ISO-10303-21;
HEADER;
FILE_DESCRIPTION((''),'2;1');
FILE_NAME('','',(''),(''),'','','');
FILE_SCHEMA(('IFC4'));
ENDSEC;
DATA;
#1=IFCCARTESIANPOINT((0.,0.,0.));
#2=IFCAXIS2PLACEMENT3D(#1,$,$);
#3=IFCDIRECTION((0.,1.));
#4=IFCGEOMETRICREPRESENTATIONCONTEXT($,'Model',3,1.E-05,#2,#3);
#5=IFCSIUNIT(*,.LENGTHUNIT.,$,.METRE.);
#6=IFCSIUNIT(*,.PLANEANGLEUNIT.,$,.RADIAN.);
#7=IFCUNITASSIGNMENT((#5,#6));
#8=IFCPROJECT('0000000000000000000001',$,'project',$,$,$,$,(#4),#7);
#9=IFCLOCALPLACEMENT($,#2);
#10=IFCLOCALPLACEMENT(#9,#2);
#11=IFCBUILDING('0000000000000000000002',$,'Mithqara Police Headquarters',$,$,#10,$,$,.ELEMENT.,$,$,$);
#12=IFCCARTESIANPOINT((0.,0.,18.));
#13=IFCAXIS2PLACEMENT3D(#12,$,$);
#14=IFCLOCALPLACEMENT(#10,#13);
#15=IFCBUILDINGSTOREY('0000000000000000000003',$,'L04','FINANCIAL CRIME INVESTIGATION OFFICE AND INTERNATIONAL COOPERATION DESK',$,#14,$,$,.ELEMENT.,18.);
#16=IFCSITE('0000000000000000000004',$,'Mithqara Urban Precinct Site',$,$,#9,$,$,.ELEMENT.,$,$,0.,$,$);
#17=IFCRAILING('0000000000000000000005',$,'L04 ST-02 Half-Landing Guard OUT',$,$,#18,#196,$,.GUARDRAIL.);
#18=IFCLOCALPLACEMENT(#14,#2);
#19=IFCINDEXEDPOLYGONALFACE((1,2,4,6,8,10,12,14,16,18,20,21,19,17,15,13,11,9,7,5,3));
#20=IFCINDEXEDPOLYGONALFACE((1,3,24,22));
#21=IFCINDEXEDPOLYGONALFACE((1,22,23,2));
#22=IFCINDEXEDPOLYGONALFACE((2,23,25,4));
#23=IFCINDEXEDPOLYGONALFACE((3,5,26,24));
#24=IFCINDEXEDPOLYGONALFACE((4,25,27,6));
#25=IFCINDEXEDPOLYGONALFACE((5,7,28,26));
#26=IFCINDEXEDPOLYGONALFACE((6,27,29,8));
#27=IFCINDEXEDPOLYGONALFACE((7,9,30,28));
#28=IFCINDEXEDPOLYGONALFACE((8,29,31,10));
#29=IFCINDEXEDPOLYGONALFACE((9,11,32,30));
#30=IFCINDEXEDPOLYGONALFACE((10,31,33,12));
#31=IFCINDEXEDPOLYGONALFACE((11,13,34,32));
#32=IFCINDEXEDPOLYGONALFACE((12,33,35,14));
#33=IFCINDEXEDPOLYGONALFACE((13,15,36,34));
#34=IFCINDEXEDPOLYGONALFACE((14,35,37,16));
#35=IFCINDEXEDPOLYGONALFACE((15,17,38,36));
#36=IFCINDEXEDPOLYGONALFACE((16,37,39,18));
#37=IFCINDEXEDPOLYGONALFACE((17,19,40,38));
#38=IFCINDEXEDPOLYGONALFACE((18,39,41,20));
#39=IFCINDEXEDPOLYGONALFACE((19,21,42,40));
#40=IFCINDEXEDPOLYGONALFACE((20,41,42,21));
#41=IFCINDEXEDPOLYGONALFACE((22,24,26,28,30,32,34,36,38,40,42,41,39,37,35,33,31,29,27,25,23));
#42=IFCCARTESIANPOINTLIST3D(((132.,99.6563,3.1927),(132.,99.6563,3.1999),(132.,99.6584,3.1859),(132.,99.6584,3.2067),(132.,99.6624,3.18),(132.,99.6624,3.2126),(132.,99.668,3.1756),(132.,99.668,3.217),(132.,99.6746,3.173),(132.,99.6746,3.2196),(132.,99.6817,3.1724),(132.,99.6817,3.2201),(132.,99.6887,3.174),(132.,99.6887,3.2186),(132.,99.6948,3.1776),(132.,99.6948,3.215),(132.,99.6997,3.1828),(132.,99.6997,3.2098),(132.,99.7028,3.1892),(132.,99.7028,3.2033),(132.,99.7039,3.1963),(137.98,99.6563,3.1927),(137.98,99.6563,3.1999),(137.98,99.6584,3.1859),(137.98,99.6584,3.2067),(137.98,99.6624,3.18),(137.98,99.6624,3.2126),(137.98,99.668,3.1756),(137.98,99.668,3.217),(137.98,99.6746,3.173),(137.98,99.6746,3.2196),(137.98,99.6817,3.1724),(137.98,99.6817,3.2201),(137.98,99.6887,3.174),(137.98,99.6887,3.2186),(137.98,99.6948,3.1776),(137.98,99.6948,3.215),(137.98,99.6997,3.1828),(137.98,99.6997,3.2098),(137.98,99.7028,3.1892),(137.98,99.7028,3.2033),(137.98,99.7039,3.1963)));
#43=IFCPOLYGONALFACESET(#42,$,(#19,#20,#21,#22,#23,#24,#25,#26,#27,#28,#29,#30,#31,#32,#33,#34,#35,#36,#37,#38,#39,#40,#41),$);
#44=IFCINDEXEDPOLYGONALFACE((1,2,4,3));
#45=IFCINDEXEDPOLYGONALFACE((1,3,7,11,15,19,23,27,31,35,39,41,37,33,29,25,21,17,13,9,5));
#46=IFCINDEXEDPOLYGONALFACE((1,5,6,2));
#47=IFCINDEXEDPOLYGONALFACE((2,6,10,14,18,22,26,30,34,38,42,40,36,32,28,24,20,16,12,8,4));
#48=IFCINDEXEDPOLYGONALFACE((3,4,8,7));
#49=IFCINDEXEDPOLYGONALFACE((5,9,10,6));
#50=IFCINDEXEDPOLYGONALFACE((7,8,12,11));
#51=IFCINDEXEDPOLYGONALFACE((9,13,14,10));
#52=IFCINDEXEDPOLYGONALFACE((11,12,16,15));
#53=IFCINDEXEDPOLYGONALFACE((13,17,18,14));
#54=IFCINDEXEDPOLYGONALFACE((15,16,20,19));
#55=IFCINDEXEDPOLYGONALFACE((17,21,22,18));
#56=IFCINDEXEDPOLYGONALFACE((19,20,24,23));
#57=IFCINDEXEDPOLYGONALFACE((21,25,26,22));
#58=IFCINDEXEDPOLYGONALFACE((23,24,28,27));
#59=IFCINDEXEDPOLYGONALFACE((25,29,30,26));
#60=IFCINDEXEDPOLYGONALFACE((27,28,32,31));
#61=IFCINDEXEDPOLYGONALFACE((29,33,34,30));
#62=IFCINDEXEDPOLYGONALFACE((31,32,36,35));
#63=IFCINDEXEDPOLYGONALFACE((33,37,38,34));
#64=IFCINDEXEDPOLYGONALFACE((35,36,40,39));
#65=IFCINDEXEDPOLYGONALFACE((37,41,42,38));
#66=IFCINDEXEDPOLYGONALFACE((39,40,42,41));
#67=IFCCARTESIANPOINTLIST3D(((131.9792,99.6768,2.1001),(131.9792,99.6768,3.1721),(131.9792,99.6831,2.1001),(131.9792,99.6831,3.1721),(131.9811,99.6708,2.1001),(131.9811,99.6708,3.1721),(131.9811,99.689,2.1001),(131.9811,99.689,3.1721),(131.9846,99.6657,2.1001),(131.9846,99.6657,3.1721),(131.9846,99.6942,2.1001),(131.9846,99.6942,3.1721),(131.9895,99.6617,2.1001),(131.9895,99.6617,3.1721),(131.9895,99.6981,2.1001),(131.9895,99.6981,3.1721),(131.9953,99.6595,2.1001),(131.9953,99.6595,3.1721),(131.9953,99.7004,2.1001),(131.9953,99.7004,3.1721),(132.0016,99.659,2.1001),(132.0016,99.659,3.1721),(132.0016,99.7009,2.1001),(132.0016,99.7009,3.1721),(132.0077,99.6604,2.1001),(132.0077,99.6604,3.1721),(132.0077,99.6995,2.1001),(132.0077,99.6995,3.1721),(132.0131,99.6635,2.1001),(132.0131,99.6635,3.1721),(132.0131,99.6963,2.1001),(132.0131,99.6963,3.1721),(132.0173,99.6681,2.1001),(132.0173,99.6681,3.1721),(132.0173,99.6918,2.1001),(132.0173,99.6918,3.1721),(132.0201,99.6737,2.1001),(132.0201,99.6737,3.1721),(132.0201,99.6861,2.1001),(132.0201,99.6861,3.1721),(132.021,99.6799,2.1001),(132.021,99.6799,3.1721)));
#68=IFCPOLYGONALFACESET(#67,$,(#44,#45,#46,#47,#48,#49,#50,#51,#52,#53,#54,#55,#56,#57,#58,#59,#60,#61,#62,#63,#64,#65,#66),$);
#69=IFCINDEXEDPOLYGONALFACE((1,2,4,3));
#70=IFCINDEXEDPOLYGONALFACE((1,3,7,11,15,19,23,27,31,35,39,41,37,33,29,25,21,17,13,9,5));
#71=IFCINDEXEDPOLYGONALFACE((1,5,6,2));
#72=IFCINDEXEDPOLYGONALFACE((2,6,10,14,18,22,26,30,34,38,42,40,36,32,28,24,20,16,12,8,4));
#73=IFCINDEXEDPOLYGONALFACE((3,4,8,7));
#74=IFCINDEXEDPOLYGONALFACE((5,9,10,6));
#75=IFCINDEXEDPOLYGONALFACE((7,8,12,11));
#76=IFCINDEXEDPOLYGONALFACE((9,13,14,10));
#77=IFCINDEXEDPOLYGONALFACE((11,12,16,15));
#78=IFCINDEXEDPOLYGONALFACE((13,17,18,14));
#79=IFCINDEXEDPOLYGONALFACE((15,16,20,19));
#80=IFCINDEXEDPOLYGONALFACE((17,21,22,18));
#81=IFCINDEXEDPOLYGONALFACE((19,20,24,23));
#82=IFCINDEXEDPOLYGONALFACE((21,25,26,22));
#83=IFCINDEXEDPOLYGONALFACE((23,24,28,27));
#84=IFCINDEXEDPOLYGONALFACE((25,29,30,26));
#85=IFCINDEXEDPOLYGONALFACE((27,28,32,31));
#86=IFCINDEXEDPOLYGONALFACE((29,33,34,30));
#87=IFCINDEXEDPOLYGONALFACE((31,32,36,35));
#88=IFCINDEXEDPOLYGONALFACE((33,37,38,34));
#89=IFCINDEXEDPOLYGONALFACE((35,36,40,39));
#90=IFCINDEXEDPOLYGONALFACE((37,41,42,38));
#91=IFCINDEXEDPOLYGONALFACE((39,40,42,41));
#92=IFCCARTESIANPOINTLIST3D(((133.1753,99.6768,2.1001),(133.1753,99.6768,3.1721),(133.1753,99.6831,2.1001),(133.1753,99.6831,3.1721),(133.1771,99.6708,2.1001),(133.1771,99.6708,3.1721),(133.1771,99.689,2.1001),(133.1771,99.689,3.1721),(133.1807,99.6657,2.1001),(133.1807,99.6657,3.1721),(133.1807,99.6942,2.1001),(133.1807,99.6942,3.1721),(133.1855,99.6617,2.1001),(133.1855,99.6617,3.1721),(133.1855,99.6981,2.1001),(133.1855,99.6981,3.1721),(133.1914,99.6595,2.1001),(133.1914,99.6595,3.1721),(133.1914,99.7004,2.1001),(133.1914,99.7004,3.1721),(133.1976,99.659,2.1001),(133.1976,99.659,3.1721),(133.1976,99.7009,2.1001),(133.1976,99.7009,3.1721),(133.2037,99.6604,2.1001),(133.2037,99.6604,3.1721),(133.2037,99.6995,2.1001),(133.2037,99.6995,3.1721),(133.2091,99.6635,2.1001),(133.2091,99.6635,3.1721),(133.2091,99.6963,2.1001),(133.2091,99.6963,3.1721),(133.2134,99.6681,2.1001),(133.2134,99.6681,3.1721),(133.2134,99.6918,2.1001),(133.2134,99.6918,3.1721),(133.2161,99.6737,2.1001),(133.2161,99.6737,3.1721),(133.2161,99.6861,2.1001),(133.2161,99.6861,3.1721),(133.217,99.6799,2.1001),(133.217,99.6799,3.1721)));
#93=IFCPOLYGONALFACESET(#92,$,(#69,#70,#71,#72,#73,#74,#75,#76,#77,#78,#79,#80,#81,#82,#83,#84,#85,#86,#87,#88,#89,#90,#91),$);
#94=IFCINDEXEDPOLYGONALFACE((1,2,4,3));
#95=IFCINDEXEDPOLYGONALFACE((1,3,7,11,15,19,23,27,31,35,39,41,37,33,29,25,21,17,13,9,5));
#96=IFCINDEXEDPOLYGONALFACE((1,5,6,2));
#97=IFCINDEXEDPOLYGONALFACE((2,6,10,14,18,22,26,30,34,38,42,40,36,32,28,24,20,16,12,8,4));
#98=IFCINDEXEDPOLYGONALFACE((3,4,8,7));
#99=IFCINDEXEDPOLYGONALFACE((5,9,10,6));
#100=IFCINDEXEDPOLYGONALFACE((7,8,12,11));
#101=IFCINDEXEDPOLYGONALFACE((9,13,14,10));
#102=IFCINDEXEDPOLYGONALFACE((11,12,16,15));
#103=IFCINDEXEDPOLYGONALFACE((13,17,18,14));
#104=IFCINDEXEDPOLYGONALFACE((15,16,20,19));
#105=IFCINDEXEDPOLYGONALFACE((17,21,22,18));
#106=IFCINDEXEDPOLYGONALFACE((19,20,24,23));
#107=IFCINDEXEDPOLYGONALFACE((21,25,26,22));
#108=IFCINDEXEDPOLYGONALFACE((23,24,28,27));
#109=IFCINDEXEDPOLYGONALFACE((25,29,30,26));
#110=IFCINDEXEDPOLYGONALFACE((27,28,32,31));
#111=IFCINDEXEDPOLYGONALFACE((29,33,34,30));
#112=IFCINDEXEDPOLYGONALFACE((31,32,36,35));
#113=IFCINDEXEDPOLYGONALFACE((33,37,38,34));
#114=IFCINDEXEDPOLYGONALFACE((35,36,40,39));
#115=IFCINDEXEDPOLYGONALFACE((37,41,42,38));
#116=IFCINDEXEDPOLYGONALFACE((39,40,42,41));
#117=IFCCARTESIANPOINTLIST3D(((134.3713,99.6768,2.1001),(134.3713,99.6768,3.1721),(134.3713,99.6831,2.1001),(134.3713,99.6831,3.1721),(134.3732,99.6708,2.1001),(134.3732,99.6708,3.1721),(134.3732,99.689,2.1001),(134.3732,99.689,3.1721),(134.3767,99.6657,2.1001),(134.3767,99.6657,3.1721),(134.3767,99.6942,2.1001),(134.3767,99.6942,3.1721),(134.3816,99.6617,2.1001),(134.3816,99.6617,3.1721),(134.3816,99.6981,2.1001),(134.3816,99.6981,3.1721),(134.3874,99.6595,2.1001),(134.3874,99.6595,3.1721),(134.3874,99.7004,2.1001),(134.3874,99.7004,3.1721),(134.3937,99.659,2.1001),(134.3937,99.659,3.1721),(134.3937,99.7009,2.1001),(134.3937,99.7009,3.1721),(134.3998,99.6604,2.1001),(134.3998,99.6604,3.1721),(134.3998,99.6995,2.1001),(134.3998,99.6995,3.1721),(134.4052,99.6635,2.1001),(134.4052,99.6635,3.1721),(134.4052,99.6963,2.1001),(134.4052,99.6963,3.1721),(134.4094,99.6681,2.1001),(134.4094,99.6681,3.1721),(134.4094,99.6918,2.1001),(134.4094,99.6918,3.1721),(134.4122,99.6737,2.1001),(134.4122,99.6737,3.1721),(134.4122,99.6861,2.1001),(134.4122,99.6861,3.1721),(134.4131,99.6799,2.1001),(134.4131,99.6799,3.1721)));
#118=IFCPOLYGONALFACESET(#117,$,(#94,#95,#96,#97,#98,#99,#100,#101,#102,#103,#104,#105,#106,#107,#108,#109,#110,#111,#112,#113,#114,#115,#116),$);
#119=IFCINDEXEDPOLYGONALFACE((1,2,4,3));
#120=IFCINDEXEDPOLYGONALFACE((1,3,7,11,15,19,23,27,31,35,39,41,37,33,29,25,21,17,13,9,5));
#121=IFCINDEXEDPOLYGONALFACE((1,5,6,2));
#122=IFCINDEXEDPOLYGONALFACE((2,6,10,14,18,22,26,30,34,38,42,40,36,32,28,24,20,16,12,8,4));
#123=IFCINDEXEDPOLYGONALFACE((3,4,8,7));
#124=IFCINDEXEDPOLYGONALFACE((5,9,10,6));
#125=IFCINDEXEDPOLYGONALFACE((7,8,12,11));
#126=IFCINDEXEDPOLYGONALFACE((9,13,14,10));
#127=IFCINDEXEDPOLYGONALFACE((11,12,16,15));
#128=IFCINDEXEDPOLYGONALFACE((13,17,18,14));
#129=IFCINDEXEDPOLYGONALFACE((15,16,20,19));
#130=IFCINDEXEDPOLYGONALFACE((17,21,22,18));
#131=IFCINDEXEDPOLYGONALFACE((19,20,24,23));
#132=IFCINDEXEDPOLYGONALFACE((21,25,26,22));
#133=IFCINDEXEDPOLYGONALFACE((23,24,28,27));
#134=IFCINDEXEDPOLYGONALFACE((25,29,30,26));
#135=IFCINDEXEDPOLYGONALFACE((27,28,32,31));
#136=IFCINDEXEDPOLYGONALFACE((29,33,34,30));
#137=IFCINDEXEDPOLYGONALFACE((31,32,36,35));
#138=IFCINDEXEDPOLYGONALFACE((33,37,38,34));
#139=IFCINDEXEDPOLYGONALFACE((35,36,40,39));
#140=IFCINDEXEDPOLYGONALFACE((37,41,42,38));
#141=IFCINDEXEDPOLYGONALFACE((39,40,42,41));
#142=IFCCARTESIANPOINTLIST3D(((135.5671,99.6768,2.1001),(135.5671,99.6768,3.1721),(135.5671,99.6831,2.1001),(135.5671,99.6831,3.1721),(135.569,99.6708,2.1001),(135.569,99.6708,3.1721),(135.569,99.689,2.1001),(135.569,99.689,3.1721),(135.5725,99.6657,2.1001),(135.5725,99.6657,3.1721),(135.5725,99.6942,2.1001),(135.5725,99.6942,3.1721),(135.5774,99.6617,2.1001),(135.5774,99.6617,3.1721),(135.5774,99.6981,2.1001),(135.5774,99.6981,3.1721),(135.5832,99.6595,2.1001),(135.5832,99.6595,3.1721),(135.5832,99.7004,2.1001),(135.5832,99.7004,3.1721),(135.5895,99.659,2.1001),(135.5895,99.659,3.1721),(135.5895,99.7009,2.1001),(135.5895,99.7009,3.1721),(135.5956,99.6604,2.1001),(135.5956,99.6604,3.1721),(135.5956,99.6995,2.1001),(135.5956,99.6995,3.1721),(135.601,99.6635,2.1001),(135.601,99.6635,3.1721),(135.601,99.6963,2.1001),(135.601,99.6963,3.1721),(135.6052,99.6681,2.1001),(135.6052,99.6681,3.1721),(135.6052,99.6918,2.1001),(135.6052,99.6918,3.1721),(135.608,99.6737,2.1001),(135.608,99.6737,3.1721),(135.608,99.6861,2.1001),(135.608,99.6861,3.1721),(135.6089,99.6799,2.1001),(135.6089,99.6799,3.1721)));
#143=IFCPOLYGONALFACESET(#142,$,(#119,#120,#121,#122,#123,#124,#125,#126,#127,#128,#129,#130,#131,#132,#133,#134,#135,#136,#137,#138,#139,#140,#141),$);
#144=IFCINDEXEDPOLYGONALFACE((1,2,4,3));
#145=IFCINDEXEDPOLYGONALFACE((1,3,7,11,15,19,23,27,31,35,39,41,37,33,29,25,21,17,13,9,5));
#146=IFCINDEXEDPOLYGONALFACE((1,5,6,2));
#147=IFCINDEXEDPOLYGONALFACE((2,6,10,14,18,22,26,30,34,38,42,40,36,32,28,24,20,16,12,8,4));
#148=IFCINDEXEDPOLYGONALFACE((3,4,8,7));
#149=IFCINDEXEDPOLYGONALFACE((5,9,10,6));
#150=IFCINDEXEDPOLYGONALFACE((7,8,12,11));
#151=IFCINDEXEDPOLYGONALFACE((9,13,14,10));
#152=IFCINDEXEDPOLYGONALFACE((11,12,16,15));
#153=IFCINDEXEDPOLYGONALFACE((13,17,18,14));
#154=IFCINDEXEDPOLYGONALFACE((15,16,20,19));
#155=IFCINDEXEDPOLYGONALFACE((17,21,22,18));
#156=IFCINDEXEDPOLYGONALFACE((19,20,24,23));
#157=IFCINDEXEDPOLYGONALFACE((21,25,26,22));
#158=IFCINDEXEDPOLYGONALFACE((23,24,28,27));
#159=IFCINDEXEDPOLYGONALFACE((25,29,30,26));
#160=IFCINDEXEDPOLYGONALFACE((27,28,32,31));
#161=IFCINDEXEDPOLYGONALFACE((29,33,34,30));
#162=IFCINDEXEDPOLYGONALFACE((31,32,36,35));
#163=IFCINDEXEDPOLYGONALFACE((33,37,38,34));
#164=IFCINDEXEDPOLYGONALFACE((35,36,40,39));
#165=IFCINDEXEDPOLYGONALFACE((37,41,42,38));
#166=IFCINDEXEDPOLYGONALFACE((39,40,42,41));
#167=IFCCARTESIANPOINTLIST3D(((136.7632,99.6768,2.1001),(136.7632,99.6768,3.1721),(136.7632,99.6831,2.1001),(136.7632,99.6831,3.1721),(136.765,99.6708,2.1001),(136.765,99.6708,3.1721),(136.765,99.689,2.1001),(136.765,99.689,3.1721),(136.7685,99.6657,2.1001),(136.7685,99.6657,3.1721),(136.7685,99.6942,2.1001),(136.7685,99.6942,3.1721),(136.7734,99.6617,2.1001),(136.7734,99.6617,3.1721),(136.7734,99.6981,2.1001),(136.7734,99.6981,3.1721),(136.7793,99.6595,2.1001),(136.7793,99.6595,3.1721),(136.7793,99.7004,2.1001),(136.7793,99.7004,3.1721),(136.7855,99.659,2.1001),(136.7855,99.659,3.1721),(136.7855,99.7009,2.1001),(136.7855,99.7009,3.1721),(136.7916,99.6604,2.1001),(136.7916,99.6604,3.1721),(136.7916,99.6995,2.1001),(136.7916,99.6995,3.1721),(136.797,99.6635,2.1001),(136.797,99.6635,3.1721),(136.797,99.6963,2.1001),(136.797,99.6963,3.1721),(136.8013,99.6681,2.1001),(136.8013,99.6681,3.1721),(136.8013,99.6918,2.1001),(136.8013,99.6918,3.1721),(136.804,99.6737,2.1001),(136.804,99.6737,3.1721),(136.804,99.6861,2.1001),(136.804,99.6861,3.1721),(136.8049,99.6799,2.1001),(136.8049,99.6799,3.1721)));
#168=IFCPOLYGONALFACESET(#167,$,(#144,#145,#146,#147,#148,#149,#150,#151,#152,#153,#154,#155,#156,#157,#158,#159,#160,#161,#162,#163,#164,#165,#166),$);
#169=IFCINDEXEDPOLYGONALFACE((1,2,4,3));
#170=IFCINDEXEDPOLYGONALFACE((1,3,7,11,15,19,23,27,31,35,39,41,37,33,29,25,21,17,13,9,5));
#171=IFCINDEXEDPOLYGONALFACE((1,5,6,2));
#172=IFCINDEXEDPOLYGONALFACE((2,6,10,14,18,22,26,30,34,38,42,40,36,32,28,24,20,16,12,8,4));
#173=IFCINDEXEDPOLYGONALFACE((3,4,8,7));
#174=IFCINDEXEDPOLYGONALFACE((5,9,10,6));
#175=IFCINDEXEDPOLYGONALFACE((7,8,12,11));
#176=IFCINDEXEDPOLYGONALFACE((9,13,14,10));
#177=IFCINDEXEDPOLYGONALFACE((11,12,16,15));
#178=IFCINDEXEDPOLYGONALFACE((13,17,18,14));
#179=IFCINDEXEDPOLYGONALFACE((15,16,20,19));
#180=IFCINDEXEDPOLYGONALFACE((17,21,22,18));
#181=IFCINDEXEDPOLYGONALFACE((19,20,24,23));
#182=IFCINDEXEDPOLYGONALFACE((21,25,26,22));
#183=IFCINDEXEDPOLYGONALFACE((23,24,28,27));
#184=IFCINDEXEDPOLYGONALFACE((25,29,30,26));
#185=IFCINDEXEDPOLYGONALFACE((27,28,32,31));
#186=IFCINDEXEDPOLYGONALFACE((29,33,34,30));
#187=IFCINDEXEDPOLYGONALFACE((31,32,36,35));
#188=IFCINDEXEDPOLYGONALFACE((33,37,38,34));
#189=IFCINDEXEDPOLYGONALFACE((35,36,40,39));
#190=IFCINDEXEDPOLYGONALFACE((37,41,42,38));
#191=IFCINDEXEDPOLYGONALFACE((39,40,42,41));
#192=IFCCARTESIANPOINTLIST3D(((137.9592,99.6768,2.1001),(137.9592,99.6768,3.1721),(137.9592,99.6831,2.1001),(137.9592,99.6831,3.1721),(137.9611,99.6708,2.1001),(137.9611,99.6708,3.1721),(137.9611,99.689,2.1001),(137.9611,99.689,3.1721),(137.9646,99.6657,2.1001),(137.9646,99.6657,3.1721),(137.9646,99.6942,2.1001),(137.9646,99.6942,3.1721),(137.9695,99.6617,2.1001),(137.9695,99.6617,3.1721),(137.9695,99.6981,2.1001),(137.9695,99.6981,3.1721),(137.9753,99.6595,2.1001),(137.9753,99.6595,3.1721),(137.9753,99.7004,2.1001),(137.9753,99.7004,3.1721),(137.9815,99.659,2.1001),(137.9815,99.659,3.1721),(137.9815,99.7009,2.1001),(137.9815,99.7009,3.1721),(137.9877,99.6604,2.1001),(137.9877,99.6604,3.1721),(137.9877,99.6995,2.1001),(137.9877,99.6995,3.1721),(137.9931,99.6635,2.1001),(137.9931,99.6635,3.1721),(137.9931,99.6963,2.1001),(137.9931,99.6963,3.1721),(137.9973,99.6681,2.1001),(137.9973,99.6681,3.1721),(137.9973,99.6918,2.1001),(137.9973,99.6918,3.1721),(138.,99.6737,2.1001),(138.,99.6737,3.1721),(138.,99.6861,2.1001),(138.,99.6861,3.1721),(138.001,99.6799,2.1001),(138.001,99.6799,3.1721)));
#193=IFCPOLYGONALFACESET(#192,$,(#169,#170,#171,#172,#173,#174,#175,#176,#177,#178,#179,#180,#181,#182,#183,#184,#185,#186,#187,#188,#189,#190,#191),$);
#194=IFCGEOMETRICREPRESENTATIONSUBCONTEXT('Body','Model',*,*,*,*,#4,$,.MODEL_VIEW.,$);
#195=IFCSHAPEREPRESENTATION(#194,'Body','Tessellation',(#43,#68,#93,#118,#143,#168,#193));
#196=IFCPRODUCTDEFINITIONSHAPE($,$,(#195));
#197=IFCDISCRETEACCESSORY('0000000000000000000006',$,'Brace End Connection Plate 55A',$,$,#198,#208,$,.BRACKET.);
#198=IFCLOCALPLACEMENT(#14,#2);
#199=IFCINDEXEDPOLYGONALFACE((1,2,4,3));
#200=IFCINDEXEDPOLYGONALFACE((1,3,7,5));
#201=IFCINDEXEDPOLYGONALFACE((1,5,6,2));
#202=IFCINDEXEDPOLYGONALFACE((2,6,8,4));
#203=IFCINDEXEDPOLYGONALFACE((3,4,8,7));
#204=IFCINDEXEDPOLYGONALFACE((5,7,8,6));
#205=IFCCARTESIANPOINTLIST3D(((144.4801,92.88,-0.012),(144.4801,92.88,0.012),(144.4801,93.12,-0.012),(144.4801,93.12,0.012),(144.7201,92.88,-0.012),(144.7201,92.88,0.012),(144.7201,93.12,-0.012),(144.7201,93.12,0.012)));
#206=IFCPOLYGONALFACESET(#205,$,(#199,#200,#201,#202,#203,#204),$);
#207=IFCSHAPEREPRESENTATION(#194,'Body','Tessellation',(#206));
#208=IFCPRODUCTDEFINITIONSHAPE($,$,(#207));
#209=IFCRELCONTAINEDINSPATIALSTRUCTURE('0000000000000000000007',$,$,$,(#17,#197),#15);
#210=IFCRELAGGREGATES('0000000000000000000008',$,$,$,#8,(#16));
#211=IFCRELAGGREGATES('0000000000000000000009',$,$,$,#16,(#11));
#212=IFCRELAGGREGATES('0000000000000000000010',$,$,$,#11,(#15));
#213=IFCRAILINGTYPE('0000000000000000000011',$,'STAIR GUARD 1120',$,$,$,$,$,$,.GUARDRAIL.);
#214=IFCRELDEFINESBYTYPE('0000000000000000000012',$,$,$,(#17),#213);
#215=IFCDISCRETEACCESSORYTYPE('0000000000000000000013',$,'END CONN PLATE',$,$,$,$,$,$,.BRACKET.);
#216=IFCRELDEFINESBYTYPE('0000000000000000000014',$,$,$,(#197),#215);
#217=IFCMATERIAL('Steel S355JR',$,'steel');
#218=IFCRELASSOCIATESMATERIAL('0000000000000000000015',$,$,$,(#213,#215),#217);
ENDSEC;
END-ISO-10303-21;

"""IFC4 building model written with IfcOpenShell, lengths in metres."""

from ifc_helpers import new_model, si_unit, direction, frame, origin, origin_2d, place, context, subcontext, project, spatial, rectangle, circle, extrude, material, type_object, element, save


model = new_model("IFC4")

# Units and contexts
model_context = context("Model", 3, precision=1e-05, world=origin(), true_north=direction((0.0, 1.0)))
body_context = subcontext(model_context, "Body", "Model", "MODEL_VIEW")
ifc_project = project(units=[si_unit("LENGTHUNIT", "METRE"), si_unit("PLANEANGLEUNIT", "RADIAN")], contexts=[model_context])

# Site, building, storey
site_placement = place(None, origin())
site = spatial("IfcSite", under=ifc_project, at=site_placement, Name="Mithqara Urban Precinct Site", CompositionType="ELEMENT", RefElevation=0.0)
building_placement = place(site_placement, origin())
building = spatial("IfcBuilding", under=site, at=building_placement, Name="Mithqara Police Headquarters", CompositionType="ELEMENT")
storey_placement = place(building_placement, frame((0.0, 0.0, 18.0)))
storey = spatial("IfcBuildingStorey", under=building, at=storey_placement, Name="L04", Description="FINANCIAL CRIME INVESTIGATION OFFICE AND INTERNATIONAL COOPERATION DESK", CompositionType="ELEMENT", Elevation=18.0)

# Shared definitions
ifc_material_1 = material(Name="Steel S355JR", Category="steel")

# Railing
railing_type_1 = type_object("IfcRailingType", Name="STAIR GUARD 1120", PredefinedType="GUARDRAIL", material=ifc_material_1)
for number, where, name in (
    (1, (132.0, 99.6799, 2.1001), "L04 ST-02 Half-Landing Guard OUT"),
):
    element("IfcRailing", number, at=place(storey_placement, frame(where)), inside=storey, type_object=railing_type_1, Name=name, PredefinedType="GUARDRAIL", context=body_context, shape_type="SweptSolid", body=[
        extrude(circle(Radius=0.0239, at=origin_2d()), frame((0.0, 0.0, 1.0962), z_axis=(1.0, 0.0, 0.0), x_axis=(0.0, 1.0, 0.0)), (0.0, 0.0, 1.0), 5.98),
        extrude(circle(Radius=0.021, at=origin_2d()), origin(), (0.0, 0.0, 1.0), 1.072),
        extrude(circle(Radius=0.021, at=origin_2d()), frame((1.196, 0.0, 0.0)), (0.0, 0.0, 1.0), 1.072),
        extrude(circle(Radius=0.021, at=origin_2d()), frame((2.3921, 0.0, 0.0)), (0.0, 0.0, 1.0), 1.072),
        extrude(circle(Radius=0.021, at=origin_2d()), frame((3.5879, 0.0, 0.0)), (0.0, 0.0, 1.0), 1.072),
        extrude(circle(Radius=0.021, at=origin_2d()), frame((4.7839, 0.0, 0.0)), (0.0, 0.0, 1.0), 1.072),
        extrude(circle(Radius=0.021, at=origin_2d()), frame((5.98, 0.0, 0.0)), (0.0, 0.0, 1.0), 1.072),
    ])

# Discrete accessory
discrete_accessory_type = type_object("IfcDiscreteAccessoryType", Name="END CONN PLATE", PredefinedType="BRACKET", material=ifc_material_1)
discrete_accessory_placement = place(storey_placement, frame((144.6001, 93.0, -0.012), z_axis=(0.0, 0.0, 1.0), x_axis=(1.0, 0.0, 0.0)))
element("IfcDiscreteAccessory", 2, at=discrete_accessory_placement, inside=storey, type_object=discrete_accessory_type, Name="Brace End Connection Plate 55A", PredefinedType="BRACKET", context=body_context, shape_type="SweptSolid", body=[
    extrude(rectangle(XDim=0.24, YDim=0.24, at=origin_2d()), origin(), (0.0, 0.0, 1.0), 0.0239),
])

save(model, "model.ifc")
